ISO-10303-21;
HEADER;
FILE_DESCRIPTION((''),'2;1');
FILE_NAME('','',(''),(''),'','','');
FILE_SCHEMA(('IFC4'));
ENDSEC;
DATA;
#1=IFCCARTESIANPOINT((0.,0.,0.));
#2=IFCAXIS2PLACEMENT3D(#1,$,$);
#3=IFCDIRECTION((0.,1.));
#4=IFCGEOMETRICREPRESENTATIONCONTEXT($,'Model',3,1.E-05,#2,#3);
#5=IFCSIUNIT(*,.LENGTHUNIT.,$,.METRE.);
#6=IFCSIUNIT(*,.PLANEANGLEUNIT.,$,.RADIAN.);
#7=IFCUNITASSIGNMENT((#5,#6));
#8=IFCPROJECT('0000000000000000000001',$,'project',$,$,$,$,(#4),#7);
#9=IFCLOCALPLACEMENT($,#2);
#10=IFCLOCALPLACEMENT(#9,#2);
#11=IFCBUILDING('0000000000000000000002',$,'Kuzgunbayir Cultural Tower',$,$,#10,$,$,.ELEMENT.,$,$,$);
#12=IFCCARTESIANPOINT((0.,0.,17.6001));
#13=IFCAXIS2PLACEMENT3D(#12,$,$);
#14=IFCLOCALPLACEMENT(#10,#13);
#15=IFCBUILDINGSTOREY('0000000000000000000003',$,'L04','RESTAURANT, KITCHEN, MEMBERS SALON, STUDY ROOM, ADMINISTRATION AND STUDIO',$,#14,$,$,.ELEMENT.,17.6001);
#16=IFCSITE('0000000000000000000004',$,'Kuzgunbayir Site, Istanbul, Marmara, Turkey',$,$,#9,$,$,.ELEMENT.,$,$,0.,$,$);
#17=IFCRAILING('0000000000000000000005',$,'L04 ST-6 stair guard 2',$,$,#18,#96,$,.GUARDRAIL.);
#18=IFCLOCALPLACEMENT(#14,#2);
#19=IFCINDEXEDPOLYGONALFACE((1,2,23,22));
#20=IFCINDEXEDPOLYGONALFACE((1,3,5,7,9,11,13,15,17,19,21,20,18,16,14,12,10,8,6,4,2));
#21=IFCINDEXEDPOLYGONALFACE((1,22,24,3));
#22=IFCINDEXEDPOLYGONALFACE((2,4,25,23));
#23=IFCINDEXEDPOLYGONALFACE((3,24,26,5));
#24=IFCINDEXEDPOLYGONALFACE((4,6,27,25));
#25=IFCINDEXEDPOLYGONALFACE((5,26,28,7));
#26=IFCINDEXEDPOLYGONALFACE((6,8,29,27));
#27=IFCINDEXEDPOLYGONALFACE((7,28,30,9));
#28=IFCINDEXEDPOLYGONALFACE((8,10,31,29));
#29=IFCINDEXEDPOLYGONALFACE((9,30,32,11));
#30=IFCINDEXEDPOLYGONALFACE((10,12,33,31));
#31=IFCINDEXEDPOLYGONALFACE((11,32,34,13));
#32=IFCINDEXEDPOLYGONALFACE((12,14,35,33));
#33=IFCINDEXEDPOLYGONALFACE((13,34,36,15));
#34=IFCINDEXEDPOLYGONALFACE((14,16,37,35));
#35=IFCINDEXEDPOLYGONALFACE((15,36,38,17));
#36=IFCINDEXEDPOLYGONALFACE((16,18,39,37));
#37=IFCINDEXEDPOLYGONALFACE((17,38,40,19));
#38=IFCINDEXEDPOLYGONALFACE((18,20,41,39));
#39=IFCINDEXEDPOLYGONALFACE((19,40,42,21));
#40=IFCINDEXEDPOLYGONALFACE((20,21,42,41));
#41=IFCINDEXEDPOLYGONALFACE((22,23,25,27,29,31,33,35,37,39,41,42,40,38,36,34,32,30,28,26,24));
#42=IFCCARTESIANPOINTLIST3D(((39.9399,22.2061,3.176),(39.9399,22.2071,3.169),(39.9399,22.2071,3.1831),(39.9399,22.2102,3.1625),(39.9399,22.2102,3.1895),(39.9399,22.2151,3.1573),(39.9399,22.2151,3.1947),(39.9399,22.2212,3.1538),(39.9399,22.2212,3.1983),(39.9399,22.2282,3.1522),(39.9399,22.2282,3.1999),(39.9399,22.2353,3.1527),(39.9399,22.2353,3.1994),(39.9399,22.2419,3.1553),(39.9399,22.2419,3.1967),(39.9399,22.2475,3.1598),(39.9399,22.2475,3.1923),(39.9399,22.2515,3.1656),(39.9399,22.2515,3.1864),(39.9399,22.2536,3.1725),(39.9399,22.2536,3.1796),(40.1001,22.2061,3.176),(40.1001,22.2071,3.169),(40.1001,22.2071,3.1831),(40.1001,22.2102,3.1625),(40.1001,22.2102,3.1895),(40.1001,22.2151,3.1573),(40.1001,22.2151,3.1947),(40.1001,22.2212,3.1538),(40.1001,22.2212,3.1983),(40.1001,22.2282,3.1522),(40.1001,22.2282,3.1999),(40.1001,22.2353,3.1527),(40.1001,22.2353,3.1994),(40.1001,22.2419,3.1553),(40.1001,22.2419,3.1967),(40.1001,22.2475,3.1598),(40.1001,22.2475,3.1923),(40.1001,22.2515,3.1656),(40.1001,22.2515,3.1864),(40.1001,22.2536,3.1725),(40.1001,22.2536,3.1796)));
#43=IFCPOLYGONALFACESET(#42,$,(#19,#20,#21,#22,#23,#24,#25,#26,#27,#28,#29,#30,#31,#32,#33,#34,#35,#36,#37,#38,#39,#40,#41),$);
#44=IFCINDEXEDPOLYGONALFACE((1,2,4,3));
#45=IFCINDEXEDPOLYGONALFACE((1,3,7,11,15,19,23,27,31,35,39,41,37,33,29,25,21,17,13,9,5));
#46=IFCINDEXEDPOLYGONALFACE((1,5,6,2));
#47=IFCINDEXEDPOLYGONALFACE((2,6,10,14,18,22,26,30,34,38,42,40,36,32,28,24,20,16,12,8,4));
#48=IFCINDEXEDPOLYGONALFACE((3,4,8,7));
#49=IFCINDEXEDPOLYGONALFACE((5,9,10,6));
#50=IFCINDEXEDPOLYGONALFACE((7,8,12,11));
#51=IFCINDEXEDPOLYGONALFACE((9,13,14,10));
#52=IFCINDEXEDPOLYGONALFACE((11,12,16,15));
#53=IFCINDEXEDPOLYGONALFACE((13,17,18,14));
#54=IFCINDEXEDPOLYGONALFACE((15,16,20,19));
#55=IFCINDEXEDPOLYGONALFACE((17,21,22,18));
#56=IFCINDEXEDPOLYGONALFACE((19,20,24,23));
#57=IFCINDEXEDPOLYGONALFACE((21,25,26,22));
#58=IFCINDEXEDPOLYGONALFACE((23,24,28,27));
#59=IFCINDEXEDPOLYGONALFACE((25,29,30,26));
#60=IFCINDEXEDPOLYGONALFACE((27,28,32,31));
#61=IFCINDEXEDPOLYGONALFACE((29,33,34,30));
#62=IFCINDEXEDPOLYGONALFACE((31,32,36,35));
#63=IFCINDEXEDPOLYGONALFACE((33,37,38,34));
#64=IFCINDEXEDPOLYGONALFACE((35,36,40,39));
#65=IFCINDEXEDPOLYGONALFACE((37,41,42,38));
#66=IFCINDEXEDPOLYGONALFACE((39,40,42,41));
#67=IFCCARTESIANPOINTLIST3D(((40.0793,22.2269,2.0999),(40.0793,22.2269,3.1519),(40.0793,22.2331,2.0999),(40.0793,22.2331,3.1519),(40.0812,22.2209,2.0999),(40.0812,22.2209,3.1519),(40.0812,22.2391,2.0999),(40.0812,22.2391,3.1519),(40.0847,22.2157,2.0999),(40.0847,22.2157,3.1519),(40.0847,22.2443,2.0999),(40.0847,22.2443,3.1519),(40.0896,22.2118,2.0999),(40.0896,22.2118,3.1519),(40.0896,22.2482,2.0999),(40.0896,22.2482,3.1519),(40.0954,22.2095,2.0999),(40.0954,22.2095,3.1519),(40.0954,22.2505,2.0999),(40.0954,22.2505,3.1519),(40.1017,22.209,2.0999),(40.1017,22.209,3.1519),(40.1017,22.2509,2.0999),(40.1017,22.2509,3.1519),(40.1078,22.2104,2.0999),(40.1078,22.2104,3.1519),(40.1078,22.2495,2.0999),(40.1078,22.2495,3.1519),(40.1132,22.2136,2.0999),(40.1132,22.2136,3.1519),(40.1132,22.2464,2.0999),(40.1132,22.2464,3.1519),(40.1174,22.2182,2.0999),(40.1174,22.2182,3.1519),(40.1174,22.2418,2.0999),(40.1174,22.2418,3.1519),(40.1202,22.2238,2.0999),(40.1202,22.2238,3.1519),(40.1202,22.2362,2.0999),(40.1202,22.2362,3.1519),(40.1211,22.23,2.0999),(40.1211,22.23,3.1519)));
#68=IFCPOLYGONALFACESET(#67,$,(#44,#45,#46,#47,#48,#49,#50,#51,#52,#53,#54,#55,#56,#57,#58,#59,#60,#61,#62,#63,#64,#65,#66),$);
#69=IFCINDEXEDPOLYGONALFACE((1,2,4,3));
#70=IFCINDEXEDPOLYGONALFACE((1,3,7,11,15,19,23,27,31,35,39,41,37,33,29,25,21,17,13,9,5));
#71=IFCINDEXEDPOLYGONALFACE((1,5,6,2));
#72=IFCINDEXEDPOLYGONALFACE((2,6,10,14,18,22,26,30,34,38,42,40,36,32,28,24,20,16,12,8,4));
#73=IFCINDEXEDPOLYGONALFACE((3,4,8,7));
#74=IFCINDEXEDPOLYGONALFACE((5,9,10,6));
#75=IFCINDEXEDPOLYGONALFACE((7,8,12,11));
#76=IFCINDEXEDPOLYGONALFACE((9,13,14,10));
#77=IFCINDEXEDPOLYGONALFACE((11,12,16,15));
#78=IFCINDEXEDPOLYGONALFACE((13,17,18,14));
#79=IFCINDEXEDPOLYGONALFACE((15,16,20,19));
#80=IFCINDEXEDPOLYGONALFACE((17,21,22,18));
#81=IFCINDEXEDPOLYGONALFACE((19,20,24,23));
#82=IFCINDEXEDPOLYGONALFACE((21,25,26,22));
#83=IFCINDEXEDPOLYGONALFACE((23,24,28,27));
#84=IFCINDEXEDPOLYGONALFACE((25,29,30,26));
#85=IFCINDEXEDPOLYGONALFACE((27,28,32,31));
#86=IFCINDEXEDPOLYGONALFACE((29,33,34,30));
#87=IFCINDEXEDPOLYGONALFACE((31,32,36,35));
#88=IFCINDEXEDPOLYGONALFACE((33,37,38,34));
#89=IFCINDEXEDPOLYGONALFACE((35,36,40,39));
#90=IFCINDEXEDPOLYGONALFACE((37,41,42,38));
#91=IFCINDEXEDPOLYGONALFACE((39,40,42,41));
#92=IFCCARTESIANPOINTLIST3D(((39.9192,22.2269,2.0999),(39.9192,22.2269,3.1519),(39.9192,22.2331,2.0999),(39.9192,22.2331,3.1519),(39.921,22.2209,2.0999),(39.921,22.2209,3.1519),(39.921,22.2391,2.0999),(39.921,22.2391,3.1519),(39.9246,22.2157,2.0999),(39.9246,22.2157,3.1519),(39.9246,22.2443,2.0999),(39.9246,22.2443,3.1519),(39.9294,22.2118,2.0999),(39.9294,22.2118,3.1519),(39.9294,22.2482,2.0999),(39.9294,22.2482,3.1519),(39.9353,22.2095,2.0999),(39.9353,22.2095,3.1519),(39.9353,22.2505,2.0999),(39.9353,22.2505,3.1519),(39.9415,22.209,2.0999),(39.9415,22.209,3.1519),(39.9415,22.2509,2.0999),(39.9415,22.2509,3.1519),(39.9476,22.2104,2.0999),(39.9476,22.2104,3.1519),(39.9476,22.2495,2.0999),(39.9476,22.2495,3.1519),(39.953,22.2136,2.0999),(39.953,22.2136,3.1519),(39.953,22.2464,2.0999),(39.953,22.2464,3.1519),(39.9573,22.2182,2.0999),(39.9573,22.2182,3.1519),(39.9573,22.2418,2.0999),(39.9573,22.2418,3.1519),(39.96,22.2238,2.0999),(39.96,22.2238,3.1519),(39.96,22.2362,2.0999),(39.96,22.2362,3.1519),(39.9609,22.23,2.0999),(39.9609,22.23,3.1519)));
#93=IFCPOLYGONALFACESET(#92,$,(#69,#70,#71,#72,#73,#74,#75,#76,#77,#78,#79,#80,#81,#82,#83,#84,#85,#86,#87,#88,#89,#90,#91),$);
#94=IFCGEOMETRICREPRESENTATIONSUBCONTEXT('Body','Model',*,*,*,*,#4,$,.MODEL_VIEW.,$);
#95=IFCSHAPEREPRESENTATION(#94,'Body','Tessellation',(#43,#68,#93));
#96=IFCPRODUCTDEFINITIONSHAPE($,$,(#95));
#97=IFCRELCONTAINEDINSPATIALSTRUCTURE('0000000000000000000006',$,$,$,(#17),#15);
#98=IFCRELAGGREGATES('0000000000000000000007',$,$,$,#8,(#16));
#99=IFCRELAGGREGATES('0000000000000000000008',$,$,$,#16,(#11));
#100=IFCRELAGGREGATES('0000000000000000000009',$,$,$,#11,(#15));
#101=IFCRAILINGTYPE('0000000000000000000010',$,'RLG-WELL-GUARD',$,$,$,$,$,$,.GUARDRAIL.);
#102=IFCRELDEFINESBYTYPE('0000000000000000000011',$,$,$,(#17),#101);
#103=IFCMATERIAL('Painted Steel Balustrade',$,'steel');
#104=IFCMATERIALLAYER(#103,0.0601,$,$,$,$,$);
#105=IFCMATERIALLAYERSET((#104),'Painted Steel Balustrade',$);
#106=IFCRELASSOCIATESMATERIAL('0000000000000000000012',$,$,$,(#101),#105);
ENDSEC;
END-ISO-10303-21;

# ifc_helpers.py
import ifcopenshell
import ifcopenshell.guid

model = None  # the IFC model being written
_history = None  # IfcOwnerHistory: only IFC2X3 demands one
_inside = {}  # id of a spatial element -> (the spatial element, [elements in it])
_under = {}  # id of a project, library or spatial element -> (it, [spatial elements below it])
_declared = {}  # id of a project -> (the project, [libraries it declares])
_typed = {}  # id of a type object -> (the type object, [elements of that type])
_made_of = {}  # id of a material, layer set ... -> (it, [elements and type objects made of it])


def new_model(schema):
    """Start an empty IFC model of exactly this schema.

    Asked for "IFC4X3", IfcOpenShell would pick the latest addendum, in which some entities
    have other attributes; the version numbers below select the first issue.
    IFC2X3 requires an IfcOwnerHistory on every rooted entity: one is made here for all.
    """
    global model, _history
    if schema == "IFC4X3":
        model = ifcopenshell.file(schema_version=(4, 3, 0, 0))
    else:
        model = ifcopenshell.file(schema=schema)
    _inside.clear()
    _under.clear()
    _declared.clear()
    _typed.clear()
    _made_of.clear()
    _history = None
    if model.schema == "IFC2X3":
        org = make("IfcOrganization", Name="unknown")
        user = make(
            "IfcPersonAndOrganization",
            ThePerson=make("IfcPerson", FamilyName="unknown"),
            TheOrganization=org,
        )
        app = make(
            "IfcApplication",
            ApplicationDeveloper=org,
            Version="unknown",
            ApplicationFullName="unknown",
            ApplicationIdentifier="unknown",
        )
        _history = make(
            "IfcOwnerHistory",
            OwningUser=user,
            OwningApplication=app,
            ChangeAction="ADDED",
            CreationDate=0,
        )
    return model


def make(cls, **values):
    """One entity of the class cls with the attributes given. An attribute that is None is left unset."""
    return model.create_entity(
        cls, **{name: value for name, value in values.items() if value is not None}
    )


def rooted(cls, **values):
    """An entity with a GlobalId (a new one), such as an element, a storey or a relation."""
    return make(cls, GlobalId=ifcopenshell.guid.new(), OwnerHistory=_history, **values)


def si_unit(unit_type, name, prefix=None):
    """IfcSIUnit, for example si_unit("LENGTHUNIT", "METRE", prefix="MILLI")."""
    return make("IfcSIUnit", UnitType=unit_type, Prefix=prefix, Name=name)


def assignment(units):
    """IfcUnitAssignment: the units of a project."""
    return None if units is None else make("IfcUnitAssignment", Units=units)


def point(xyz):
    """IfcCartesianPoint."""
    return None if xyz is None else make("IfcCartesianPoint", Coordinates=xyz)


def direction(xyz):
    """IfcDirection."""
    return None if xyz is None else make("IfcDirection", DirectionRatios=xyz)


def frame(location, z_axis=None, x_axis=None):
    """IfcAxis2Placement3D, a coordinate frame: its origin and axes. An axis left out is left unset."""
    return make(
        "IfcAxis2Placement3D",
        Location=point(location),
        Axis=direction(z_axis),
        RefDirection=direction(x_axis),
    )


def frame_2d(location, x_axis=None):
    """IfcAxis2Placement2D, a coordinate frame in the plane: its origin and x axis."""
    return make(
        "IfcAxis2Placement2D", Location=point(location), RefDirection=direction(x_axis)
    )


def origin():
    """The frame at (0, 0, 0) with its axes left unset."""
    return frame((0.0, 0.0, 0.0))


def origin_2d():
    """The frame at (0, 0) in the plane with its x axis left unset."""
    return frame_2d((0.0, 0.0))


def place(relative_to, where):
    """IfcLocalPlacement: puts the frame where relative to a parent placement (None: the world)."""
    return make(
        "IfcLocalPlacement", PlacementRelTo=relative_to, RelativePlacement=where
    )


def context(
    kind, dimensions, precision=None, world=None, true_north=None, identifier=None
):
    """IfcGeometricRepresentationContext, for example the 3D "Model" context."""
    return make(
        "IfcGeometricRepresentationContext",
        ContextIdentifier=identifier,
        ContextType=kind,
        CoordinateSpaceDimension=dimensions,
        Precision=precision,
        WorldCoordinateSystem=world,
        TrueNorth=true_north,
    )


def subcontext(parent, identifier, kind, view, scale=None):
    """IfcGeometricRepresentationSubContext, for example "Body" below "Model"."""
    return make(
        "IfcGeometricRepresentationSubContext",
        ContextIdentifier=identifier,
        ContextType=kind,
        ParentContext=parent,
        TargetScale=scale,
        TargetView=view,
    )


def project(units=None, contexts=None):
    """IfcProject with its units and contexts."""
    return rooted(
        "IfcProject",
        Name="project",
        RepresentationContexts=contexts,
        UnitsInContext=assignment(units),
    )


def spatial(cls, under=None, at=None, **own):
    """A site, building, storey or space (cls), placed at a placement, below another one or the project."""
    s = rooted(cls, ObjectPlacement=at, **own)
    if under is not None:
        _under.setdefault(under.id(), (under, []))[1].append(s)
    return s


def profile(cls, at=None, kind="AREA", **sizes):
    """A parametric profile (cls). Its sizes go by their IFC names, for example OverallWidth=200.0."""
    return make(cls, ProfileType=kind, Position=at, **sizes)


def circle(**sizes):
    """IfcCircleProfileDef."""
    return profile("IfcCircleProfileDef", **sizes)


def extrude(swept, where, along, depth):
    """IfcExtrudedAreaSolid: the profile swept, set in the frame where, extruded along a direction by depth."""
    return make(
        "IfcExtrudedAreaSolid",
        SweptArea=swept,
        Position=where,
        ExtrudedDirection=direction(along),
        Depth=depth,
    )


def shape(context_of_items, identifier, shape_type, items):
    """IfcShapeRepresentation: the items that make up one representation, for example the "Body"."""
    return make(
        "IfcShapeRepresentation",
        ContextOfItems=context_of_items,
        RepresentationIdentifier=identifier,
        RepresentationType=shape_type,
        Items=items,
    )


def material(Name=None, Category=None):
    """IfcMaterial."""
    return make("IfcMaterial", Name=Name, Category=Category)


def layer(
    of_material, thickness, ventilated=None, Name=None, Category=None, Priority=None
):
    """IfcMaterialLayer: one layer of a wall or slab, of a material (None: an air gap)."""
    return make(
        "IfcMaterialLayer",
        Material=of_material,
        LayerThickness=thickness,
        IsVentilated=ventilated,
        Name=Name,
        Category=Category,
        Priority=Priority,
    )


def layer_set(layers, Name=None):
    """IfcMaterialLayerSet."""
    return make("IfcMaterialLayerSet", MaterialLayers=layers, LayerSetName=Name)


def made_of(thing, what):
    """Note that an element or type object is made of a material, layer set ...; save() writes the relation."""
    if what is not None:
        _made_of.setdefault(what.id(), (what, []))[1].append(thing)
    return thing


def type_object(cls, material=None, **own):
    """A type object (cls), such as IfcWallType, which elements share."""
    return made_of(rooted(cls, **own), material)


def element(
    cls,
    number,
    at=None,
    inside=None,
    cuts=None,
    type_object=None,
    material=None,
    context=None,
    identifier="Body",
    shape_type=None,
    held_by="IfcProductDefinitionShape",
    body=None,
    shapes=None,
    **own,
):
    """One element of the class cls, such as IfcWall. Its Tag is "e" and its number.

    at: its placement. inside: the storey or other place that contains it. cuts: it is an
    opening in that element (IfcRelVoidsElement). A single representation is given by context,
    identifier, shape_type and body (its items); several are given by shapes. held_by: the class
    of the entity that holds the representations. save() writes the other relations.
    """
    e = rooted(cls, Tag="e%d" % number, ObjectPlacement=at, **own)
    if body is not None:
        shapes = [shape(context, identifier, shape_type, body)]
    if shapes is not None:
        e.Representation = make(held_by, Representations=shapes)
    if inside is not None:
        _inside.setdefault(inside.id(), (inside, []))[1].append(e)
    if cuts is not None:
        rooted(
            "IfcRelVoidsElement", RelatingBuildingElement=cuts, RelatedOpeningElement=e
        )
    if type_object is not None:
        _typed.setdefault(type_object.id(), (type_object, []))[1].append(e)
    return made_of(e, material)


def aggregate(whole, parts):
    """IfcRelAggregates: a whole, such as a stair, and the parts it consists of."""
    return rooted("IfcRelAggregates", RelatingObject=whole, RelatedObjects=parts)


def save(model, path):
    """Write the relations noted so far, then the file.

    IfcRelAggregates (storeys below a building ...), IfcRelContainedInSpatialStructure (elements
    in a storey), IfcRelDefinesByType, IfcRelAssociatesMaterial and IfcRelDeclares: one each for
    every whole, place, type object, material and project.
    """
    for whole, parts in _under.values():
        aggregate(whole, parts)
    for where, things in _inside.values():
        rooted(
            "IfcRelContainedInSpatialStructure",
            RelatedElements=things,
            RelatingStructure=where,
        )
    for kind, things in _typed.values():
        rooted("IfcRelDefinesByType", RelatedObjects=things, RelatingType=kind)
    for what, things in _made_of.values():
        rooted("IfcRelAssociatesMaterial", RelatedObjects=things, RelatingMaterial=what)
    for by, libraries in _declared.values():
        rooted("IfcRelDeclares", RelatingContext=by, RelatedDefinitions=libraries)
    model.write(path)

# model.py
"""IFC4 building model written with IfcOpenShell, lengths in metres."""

from ifc_helpers import new_model, si_unit, direction, frame, origin, origin_2d, place, context, subcontext, project, spatial, circle, extrude, material, layer, layer_set, type_object, element, save


model = new_model("IFC4")

# Units and contexts
model_context = context("Model", 3, precision=1e-05, world=origin(), true_north=direction((0.0, 1.0)))
body_context = subcontext(model_context, "Body", "Model", "MODEL_VIEW")
ifc_project = project(units=[si_unit("LENGTHUNIT", "METRE"), si_unit("PLANEANGLEUNIT", "RADIAN")], contexts=[model_context])

# Site, building, storey
site_placement = place(None, origin())
site = spatial("IfcSite", under=ifc_project, at=site_placement, Name="Kuzgunbayir Site, Istanbul, Marmara, Turkey", CompositionType="ELEMENT", RefElevation=0.0)
building_placement = place(site_placement, origin())
building = spatial("IfcBuilding", under=site, at=building_placement, Name="Kuzgunbayir Cultural Tower", CompositionType="ELEMENT")
storey_placement = place(building_placement, frame((0.0, 0.0, 17.6001)))
storey = spatial("IfcBuildingStorey", under=building, at=storey_placement, Name="L04", Description="RESTAURANT, KITCHEN, MEMBERS SALON, STUDY ROOM, ADMINISTRATION AND STUDIO", CompositionType="ELEMENT", Elevation=17.6001)

# Railing
ifc_material_1 = material(Name="Painted Steel Balustrade", Category="steel")
ifc_layer_1 = layer(ifc_material_1, 0.0601)
ifc_layer_set_1 = layer_set([ifc_layer_1], Name="Painted Steel Balustrade")
railing_type_1 = type_object("IfcRailingType", Name="RLG-WELL-GUARD", PredefinedType="GUARDRAIL", material=ifc_layer_set_1)
railing_1_placement = place(storey_placement, frame((40.1001, 22.23, 2.0999)))
element("IfcRailing", 1, at=railing_1_placement, inside=storey, type_object=railing_type_1, Name="L04 ST-6 stair guard 2", PredefinedType="GUARDRAIL", context=body_context, shape_type="SweptSolid", body=[
    extrude(circle(Radius=0.0239, at=origin_2d()), frame((0.0, 0.0, 1.0762), z_axis=(-1.0, 0.0, 0.0), x_axis=(0.0, -1.0, 0.0)), (0.0, 0.0, 1.0), 0.1602),
    extrude(circle(Radius=0.021, at=origin_2d()), origin(), (0.0, 0.0, 1.0), 1.052),
    extrude(circle(Radius=0.021, at=origin_2d()), frame((-0.1602, 0.0, 0.0)), (0.0, 0.0, 1.0), 1.052),
])

save(model, "model.ifc")
